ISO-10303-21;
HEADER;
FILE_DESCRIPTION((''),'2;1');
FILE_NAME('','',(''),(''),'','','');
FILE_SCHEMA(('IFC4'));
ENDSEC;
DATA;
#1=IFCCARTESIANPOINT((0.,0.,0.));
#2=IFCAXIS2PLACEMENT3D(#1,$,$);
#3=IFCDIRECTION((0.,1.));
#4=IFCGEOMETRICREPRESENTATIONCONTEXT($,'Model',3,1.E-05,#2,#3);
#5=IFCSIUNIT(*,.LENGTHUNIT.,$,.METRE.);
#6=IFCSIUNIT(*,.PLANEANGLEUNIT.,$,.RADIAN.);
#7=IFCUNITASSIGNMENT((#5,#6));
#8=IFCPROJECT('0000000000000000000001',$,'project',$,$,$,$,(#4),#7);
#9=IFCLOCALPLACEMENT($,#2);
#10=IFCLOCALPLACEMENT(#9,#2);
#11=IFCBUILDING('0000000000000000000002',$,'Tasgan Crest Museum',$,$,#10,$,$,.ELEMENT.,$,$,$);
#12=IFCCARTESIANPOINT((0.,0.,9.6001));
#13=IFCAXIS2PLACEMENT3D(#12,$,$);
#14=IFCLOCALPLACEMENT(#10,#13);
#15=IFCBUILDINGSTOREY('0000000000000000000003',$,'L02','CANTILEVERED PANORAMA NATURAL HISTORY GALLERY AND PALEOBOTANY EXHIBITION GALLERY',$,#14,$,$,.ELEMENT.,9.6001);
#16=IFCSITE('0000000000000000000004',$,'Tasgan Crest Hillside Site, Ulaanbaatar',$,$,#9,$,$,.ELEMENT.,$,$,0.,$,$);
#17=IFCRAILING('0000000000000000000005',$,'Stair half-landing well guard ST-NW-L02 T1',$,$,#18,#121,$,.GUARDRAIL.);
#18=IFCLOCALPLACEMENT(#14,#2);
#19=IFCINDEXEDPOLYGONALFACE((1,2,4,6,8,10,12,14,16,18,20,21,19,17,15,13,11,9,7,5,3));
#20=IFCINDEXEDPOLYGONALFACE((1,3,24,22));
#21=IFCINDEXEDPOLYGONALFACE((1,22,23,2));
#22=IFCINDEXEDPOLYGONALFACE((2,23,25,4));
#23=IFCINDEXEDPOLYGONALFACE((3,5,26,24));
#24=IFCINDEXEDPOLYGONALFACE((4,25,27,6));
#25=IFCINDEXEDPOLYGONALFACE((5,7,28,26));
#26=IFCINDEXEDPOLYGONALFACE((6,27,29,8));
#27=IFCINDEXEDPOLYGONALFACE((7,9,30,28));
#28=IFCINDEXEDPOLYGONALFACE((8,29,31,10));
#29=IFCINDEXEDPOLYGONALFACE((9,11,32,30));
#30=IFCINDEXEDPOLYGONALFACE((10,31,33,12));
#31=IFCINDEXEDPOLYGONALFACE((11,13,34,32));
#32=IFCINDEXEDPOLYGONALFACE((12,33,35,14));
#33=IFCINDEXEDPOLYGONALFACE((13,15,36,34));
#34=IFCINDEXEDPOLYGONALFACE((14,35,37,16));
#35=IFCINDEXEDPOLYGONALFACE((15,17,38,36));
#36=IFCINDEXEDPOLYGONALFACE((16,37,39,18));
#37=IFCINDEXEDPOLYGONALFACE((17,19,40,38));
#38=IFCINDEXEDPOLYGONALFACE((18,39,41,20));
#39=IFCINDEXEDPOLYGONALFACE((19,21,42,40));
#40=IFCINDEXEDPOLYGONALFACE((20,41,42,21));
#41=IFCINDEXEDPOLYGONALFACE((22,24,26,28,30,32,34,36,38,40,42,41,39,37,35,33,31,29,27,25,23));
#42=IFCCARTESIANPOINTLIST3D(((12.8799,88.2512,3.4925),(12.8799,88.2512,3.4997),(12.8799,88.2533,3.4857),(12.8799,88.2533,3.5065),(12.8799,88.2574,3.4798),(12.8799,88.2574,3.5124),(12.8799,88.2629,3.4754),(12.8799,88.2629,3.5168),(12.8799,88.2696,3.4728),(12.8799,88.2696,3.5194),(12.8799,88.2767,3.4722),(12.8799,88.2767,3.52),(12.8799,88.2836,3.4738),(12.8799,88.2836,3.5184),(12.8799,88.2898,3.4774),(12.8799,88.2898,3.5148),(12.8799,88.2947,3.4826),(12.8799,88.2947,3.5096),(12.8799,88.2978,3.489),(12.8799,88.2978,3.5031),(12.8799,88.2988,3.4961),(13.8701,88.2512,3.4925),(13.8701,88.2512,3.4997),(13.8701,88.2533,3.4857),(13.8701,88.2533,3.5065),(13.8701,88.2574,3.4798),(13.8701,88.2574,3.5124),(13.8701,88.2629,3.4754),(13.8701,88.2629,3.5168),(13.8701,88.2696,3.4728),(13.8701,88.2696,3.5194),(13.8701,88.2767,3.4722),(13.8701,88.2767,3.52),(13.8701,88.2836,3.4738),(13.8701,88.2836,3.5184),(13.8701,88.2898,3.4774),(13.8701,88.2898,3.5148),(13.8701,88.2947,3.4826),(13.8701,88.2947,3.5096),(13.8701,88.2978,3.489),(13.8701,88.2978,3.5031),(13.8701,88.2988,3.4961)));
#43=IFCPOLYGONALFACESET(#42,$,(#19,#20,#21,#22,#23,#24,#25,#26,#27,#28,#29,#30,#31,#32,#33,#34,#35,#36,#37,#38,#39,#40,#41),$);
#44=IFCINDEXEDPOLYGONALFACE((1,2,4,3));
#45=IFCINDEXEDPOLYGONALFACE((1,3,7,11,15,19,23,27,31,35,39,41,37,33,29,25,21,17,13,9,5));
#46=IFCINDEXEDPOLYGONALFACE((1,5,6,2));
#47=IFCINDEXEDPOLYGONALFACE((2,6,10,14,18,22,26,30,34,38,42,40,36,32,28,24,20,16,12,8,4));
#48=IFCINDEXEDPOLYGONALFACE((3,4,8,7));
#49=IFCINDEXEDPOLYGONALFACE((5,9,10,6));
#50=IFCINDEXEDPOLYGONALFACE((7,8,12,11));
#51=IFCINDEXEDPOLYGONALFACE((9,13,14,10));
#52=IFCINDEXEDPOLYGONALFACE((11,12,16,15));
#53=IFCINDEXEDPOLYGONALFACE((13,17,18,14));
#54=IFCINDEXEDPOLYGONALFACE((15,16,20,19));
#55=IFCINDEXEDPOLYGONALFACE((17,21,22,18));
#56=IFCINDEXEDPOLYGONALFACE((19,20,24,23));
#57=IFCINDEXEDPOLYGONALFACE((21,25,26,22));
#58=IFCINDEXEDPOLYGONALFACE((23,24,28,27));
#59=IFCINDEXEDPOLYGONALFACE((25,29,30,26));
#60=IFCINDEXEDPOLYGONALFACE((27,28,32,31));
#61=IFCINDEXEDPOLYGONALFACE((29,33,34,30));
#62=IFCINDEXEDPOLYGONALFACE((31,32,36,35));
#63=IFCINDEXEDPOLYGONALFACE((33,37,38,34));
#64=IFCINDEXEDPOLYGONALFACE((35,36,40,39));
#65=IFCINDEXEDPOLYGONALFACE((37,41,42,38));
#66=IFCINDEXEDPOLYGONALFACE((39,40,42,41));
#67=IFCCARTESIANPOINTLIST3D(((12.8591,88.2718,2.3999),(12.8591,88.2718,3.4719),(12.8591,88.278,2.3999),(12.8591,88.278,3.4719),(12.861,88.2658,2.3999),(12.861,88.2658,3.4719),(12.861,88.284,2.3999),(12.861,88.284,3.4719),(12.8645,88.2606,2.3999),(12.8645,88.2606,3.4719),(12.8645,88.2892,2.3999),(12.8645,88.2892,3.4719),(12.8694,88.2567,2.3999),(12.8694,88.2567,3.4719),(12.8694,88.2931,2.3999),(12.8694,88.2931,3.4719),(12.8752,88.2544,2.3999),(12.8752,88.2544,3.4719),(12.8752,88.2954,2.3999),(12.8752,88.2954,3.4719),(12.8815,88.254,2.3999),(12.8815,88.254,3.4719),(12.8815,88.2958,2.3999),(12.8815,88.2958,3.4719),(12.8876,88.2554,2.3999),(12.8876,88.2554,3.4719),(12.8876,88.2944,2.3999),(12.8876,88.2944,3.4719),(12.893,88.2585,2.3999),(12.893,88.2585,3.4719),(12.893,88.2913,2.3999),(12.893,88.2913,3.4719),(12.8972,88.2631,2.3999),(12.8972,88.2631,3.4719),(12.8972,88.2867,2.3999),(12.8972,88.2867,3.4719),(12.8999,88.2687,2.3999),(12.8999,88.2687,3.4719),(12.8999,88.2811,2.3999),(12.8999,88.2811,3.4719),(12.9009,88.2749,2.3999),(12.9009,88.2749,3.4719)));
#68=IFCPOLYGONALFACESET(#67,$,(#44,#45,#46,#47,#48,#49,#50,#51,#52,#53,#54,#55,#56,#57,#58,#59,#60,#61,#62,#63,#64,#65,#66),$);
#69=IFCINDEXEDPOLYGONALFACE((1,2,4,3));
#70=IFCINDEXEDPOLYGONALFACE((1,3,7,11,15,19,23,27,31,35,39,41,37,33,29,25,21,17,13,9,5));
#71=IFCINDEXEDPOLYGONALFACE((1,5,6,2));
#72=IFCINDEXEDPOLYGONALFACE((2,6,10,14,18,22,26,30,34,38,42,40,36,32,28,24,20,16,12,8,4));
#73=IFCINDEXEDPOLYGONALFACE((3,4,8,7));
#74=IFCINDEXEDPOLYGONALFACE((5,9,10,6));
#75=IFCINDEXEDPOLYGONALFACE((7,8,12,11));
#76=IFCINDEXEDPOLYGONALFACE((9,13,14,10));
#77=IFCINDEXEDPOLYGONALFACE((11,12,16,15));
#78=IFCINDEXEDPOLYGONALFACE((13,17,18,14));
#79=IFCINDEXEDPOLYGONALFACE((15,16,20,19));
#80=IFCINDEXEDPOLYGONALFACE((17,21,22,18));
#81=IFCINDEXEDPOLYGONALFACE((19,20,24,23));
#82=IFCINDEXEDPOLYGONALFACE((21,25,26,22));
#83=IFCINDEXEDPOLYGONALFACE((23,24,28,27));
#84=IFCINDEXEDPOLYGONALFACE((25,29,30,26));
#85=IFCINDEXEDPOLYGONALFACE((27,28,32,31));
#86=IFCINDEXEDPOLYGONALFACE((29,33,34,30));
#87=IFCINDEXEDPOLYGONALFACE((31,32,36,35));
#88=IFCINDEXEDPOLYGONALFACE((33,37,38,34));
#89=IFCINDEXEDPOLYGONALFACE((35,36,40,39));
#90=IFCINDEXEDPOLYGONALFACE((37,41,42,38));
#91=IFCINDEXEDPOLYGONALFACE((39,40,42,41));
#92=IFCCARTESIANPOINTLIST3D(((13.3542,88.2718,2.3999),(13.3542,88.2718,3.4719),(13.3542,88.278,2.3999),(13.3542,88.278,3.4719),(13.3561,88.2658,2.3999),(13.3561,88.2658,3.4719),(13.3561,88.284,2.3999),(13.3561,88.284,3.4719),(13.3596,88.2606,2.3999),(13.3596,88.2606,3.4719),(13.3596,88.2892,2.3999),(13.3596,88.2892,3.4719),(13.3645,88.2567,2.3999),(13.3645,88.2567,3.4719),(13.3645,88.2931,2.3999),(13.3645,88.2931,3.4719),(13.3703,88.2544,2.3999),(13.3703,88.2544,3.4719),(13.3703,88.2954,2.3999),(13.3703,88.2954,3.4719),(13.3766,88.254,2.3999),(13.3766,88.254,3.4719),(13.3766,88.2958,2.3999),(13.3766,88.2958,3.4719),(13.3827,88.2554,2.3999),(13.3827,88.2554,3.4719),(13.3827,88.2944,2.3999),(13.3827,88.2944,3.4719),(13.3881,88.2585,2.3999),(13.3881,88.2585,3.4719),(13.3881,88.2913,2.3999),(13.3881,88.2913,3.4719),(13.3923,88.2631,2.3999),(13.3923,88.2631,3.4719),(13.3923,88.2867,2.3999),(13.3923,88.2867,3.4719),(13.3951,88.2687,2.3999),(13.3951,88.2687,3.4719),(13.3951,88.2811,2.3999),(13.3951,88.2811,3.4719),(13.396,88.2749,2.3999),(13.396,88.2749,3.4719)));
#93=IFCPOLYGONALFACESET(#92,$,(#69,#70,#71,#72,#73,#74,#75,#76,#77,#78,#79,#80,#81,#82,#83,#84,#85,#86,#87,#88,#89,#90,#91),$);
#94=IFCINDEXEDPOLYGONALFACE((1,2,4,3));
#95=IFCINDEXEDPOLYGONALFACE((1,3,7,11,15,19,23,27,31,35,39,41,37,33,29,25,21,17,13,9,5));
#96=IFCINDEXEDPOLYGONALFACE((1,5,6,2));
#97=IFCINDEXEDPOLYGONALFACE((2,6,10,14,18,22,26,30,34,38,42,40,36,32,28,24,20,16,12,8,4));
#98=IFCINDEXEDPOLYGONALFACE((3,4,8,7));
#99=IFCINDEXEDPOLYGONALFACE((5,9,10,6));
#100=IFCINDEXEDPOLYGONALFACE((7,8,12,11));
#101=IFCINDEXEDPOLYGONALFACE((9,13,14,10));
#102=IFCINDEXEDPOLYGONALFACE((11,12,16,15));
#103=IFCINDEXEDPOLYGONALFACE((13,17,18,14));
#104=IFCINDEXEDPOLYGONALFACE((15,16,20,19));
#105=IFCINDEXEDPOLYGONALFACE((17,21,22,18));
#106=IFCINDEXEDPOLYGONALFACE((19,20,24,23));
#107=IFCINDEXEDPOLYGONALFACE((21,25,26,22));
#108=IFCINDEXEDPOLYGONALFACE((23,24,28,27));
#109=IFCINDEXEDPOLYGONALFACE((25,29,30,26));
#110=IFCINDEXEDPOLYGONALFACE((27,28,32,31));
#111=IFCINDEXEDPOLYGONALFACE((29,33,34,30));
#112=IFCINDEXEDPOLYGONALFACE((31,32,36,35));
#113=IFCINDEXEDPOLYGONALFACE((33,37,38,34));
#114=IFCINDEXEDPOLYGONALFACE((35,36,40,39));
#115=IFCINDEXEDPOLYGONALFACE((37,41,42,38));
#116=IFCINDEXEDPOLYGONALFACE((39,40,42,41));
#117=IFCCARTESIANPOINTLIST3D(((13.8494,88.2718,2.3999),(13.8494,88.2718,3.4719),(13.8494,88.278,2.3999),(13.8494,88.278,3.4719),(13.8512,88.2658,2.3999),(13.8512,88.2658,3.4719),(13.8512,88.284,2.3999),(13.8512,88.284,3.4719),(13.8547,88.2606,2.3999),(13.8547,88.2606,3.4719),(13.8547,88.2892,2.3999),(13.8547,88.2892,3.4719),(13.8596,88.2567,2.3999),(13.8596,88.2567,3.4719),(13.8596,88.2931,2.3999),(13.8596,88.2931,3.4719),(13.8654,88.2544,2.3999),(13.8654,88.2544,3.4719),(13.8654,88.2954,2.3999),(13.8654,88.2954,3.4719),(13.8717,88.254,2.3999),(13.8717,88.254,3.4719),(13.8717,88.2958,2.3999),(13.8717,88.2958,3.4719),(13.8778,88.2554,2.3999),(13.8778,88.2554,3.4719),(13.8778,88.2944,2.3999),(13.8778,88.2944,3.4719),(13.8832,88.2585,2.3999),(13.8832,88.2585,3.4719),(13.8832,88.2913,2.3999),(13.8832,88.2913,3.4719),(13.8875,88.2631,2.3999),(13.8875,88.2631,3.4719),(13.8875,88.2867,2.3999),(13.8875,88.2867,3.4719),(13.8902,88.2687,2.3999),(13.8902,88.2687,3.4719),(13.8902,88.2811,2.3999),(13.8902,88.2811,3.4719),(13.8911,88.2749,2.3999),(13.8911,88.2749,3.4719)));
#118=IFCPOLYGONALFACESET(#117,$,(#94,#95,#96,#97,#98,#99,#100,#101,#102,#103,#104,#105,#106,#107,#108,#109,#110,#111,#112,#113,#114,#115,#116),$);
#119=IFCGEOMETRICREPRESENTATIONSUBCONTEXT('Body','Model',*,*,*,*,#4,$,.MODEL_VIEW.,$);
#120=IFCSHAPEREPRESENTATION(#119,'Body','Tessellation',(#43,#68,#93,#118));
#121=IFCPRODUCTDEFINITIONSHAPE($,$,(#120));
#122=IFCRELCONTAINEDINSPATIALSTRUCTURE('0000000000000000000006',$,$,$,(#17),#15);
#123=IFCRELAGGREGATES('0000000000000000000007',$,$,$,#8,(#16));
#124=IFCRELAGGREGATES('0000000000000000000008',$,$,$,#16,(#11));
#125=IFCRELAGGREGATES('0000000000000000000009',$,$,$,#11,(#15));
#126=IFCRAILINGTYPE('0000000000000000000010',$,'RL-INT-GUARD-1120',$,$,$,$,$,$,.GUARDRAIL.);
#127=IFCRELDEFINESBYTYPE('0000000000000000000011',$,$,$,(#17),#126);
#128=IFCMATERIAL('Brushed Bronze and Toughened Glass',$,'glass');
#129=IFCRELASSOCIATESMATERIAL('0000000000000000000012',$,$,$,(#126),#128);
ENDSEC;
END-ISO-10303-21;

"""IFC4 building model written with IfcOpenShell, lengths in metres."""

from ifc_helpers import new_model, si_unit, direction, frame, origin, origin_2d, place, context, subcontext, project, spatial, circle, extrude, material, type_object, element, save


model = new_model("IFC4")

# Units and contexts
model_context = context("Model", 3, precision=1e-05, world=origin(), true_north=direction((0.0, 1.0)))
body_context = subcontext(model_context, "Body", "Model", "MODEL_VIEW")
ifc_project = project(units=[si_unit("LENGTHUNIT", "METRE"), si_unit("PLANEANGLEUNIT", "RADIAN")], contexts=[model_context])

# Site, building, storey
site_placement = place(None, origin())
site = spatial("IfcSite", under=ifc_project, at=site_placement, Name="Tasgan Crest Hillside Site, Ulaanbaatar", CompositionType="ELEMENT", RefElevation=0.0)
building_placement = place(site_placement, origin())
building = spatial("IfcBuilding", under=site, at=building_placement, Name="Tasgan Crest Museum", CompositionType="ELEMENT")
storey_placement = place(building_placement, frame((0.0, 0.0, 9.6001)))
storey = spatial("IfcBuildingStorey", under=building, at=storey_placement, Name="L02", Description="CANTILEVERED PANORAMA NATURAL HISTORY GALLERY AND PALEOBOTANY EXHIBITION GALLERY", CompositionType="ELEMENT", Elevation=9.6001)

# Railing
ifc_material_1 = material(Name="Brushed Bronze and Toughened Glass", Category="glass")
railing_type_1 = type_object("IfcRailingType", Name="RL-INT-GUARD-1120", PredefinedType="GUARDRAIL", material=ifc_material_1)
railing_1_placement = place(storey_placement, frame((12.8799, 88.2749, 2.3999)))
element("IfcRailing", 1, at=railing_1_placement, inside=storey, type_object=railing_type_1, Name="Stair half-landing well guard ST-NW-L02 T1", PredefinedType="GUARDRAIL", context=body_context, shape_type="SweptSolid", body=[
    extrude(circle(Radius=0.0239, at=origin_2d()), frame((0.0, 0.0, 1.0962), z_axis=(1.0, 0.0, 0.0), x_axis=(0.0, 1.0, 0.0)), (0.0, 0.0, 1.0), 0.9902),
    extrude(circle(Radius=0.021, at=origin_2d()), origin(), (0.0, 0.0, 1.0), 1.072),
    extrude(circle(Radius=0.021, at=origin_2d()), frame((0.4951, 0.0, 0.0)), (0.0, 0.0, 1.0), 1.072),
    extrude(circle(Radius=0.021, at=origin_2d()), frame((0.9902, 0.0, 0.0)), (0.0, 0.0, 1.0), 1.072),
])

save(model, "model.ifc")
